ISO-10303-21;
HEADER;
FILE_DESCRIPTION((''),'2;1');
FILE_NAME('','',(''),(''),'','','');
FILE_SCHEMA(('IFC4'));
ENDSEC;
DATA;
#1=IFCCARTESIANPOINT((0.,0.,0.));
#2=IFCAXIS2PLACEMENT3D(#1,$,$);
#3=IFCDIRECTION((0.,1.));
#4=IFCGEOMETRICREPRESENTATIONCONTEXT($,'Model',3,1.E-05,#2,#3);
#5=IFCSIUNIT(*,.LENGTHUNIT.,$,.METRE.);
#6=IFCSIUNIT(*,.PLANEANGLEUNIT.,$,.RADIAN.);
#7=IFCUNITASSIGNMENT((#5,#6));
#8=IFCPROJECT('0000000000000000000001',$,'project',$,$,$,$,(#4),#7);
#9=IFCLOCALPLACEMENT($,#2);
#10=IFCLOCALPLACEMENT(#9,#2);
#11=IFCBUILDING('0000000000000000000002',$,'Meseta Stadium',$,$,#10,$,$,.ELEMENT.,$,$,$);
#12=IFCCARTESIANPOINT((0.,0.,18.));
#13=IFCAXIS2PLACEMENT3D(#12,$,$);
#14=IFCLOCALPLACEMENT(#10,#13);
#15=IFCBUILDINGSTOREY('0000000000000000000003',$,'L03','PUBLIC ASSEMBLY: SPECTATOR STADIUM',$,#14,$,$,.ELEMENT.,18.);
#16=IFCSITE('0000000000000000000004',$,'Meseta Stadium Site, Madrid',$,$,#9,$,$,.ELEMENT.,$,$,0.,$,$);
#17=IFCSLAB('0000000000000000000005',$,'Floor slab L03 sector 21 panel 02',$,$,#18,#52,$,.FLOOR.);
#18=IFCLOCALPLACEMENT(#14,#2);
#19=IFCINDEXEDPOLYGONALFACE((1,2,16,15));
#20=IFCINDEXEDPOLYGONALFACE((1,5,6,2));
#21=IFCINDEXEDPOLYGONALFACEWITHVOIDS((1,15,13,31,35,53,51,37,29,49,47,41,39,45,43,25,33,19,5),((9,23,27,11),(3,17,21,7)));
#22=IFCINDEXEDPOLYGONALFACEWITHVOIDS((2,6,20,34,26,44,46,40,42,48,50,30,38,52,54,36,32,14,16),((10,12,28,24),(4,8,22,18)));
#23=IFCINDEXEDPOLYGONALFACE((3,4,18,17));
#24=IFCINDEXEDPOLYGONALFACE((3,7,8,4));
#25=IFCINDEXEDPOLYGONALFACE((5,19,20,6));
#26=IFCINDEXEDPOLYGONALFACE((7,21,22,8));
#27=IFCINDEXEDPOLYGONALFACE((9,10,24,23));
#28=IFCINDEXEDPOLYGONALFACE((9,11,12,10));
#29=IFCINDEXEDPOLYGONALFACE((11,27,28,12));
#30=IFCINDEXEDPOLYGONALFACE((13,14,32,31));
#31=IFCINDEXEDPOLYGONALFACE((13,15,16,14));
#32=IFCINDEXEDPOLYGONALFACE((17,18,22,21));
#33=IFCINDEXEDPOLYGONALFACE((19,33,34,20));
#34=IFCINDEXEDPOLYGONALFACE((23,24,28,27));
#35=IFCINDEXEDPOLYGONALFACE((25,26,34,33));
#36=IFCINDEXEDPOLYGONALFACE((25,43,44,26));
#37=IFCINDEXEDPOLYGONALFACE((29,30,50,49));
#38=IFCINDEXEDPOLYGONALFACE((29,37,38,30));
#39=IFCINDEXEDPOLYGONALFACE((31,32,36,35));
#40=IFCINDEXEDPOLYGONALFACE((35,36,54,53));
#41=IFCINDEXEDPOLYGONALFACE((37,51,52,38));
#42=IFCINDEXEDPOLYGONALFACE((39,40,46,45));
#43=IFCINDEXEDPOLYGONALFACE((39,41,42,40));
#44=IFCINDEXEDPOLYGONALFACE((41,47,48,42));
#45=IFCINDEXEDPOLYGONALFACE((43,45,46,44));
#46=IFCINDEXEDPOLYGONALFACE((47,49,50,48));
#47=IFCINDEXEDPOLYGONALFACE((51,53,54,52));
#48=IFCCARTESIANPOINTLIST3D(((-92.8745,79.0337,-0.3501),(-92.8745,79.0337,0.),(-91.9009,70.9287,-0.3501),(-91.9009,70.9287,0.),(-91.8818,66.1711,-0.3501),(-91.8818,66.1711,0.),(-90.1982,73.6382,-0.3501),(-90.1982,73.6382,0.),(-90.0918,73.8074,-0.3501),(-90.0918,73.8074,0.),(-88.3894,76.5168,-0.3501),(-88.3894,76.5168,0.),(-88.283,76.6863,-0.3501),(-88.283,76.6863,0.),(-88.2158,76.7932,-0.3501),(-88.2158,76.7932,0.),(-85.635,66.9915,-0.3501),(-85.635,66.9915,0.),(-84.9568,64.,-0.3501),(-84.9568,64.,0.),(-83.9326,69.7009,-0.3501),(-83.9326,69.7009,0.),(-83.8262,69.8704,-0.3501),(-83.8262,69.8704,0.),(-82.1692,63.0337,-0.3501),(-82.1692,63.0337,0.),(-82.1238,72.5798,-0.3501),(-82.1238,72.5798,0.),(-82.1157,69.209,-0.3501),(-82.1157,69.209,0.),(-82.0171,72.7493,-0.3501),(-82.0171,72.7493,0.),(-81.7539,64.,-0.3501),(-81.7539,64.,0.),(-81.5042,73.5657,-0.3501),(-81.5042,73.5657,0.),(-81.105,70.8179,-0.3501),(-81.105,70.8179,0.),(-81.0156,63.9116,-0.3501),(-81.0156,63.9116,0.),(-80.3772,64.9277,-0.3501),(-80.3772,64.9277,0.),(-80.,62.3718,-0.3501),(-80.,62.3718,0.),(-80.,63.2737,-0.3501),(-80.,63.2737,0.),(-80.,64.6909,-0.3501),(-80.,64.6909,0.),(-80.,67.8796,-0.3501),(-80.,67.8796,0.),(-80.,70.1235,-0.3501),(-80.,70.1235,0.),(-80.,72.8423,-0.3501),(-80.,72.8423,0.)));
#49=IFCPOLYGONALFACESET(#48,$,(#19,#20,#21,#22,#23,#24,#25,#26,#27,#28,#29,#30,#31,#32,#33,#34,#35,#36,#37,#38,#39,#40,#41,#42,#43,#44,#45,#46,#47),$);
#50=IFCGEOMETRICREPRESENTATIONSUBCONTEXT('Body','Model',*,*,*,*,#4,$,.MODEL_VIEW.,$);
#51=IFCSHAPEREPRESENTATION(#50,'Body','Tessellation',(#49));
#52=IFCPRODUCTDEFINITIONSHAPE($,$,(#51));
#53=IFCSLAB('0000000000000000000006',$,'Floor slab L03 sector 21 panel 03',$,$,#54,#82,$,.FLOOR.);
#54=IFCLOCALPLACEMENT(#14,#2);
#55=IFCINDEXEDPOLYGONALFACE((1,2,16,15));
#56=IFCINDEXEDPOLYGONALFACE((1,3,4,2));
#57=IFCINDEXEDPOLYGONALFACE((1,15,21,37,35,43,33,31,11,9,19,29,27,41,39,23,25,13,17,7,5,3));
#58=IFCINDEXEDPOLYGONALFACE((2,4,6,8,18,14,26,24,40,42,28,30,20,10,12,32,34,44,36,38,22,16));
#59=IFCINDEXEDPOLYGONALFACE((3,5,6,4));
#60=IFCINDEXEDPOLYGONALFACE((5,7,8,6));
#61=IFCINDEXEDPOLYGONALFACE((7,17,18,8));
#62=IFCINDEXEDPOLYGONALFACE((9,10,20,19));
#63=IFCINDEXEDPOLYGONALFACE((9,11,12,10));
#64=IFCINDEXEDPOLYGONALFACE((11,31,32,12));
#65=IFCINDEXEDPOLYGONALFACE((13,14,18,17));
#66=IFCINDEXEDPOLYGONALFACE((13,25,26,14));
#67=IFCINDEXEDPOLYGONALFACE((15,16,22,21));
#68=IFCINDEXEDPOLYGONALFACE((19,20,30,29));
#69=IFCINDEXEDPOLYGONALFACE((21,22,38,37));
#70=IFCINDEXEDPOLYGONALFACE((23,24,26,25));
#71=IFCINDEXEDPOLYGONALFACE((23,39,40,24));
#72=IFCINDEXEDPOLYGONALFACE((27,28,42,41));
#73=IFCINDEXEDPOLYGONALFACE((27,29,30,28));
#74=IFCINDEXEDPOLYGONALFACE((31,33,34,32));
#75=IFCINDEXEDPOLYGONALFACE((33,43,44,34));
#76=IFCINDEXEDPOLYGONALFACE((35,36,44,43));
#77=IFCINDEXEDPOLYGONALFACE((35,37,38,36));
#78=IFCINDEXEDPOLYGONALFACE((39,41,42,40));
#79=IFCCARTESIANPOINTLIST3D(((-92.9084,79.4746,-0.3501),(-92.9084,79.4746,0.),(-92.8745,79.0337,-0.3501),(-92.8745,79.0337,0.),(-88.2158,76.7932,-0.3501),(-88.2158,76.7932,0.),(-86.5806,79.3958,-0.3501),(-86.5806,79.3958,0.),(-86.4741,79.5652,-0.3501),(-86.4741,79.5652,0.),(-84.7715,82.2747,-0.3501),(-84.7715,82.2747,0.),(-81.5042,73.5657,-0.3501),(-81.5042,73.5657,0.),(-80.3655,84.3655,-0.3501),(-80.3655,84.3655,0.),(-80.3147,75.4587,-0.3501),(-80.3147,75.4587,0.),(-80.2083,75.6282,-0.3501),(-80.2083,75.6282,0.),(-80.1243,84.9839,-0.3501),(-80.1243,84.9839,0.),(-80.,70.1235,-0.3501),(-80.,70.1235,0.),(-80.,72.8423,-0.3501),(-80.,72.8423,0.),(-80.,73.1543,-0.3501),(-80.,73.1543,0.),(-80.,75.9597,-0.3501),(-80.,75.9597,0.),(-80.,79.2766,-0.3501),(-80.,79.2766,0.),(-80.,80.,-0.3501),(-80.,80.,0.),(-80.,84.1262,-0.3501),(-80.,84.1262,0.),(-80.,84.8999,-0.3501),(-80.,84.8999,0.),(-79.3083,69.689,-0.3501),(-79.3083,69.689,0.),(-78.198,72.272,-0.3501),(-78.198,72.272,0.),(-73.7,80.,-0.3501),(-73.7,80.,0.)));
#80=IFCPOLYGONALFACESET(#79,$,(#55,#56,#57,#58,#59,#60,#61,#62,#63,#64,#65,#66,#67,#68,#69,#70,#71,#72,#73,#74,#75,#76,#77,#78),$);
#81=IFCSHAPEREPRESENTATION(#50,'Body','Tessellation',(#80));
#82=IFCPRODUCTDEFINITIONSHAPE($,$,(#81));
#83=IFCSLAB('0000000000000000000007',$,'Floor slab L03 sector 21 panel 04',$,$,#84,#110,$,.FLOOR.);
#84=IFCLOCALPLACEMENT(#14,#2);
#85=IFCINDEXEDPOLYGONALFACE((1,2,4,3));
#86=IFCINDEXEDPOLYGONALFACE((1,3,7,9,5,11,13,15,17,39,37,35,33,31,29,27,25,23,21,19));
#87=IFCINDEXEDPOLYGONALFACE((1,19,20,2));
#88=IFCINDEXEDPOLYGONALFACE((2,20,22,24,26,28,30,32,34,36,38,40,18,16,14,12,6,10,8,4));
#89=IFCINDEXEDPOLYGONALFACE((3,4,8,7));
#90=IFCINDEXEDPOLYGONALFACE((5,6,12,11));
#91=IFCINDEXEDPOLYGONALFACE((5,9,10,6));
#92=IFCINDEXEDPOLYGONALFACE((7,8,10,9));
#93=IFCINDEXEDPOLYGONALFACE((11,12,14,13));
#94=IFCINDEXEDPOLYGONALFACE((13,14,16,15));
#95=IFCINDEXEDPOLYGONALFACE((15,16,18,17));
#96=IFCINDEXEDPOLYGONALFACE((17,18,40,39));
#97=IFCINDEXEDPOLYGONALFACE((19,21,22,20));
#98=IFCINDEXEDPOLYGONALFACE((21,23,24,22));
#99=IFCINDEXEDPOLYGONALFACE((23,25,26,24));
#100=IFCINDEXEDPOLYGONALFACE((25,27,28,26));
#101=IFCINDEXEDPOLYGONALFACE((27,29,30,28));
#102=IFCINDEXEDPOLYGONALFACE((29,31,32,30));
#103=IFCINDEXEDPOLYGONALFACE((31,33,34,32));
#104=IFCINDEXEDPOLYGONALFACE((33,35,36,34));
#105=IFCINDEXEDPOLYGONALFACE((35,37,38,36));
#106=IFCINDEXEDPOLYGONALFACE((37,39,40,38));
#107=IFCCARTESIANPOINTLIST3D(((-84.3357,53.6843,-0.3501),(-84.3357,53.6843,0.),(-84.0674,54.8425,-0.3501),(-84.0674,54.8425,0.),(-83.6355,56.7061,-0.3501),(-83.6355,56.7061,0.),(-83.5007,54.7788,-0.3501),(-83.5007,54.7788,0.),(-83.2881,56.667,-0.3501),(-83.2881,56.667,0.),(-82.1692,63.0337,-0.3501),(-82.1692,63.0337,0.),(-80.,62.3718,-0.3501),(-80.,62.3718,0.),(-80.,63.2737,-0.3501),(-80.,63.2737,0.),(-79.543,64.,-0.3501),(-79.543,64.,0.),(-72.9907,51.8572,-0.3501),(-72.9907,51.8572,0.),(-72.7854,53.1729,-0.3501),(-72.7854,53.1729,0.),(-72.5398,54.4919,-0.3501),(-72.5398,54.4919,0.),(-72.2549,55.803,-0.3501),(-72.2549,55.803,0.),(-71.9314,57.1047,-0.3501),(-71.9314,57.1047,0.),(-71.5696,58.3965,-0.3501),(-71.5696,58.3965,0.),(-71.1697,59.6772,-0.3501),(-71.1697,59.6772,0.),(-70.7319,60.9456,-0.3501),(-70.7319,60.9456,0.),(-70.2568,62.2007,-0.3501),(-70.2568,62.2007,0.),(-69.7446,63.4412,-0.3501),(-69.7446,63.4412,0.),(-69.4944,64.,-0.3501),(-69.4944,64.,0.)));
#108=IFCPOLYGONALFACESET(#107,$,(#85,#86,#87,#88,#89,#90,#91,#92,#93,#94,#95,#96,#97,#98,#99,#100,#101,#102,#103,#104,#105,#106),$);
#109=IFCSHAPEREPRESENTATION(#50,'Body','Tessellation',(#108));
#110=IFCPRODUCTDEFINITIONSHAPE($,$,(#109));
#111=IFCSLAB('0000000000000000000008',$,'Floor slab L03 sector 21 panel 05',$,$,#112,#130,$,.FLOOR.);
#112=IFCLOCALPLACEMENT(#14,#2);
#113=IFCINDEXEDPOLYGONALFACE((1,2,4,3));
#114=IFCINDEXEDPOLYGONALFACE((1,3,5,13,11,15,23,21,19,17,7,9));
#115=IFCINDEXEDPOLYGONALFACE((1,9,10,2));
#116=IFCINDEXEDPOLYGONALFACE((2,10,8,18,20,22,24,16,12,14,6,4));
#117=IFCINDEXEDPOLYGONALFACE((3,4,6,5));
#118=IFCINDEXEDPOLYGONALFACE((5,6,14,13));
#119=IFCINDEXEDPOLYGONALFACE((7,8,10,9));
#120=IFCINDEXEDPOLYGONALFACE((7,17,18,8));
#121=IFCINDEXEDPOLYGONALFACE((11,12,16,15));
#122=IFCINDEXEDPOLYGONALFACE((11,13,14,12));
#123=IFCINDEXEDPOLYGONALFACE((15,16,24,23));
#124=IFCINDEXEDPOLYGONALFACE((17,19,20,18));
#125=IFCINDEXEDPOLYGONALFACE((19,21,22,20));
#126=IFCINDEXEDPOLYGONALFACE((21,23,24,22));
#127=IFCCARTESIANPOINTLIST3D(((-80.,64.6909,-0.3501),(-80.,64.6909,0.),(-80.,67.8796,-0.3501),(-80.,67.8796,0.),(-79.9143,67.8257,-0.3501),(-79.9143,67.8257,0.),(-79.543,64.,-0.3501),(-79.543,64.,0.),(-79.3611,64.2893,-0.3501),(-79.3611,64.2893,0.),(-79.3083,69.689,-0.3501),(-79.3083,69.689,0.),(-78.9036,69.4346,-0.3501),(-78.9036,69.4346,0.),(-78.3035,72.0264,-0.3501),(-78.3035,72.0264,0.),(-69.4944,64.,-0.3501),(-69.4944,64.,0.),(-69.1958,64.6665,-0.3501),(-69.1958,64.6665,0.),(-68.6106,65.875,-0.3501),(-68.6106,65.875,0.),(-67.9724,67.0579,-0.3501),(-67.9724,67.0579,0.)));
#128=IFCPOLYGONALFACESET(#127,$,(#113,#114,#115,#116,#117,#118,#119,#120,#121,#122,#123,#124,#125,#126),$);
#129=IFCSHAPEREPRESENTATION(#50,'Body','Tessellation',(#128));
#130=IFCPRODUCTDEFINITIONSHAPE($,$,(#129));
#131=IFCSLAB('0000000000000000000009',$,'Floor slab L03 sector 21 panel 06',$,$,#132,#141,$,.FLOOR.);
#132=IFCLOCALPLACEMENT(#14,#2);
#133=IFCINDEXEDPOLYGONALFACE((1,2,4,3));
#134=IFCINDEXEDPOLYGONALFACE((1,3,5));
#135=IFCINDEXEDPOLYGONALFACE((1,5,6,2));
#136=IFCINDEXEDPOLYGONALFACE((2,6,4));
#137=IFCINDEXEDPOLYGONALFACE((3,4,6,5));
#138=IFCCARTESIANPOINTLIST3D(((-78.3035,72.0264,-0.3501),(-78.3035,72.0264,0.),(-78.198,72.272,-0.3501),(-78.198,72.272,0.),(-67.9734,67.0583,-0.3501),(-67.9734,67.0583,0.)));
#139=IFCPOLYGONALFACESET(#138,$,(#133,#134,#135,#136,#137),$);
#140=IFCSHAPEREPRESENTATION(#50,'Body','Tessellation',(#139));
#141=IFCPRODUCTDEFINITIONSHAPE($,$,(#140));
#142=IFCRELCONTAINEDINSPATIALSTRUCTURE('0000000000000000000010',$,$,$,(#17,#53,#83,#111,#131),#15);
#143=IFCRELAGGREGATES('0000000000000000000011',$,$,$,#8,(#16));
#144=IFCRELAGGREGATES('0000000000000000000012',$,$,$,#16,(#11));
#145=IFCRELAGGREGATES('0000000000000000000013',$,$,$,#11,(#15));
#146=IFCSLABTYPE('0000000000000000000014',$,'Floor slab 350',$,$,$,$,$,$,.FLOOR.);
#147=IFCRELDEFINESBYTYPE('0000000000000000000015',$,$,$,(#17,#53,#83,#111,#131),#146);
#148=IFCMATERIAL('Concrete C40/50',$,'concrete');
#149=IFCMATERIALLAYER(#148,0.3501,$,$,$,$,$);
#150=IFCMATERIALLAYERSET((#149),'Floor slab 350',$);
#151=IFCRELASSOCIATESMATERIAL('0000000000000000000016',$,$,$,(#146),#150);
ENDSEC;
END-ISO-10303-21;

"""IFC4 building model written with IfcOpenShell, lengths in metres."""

from ifc_helpers import new_model, si_unit, direction, frame, origin, place, context, subcontext, project, spatial, polyline, outline, extrude, material, layer, layer_set, type_object, element, save


model = new_model("IFC4")

# Units and contexts
model_context = context("Model", 3, precision=1e-05, world=origin(), true_north=direction((0.0, 1.0)))
body_context = subcontext(model_context, "Body", "Model", "MODEL_VIEW")
ifc_project = project(units=[si_unit("LENGTHUNIT", "METRE"), si_unit("PLANEANGLEUNIT", "RADIAN")], contexts=[model_context])

# Site, building, storey
site_placement = place(None, origin())
site = spatial("IfcSite", under=ifc_project, at=site_placement, Name="Meseta Stadium Site, Madrid", CompositionType="ELEMENT", RefElevation=0.0)
building_placement = place(site_placement, origin())
building = spatial("IfcBuilding", under=site, at=building_placement, Name="Meseta Stadium", CompositionType="ELEMENT")
storey_placement = place(building_placement, frame((0.0, 0.0, 18.0)))
storey = spatial("IfcBuildingStorey", under=building, at=storey_placement, Name="L03", Description="PUBLIC ASSEMBLY: SPECTATOR STADIUM", CompositionType="ELEMENT", Elevation=18.0)

# Slabs
ifc_material = material(Name="Concrete C40/50", Category="concrete")
ifc_layer = layer(ifc_material, 0.3501)
ifc_layer_set = layer_set([ifc_layer], Name="Floor slab 350")
slab_type = type_object("IfcSlabType", Name="Floor slab 350", PredefinedType="FLOOR", material=ifc_layer_set)
slab_1_placement = place(storey_placement, frame((0.0, 0.0, -0.3501)))
element("IfcSlab", 1, at=slab_1_placement, inside=storey, type_object=slab_type, Name="Floor slab L03 sector 21 panel 02", PredefinedType="FLOOR", context=body_context, shape_type="SweptSolid", body=[
    extrude(outline(polyline([(-80.0, 70.1235), (-80.0, 72.8423), (-81.5042, 73.5657), (-82.0171, 72.7493), (-88.283, 76.6863), (-88.2158, 76.7932), (-92.8745, 79.0337), (-91.8818, 66.1711), (-84.9568, 64.0), (-81.7539, 64.0), (-82.1692, 63.0337), (-80.0, 62.3718), (-80.0, 63.2737), (-81.0156, 63.9116), (-80.3772, 64.9277), (-80.0, 64.6909), (-80.0, 67.8796), (-82.1157, 69.209), (-81.105, 70.8179), (-80.0, 70.1235)]), holes=[polyline([(-91.9009, 70.9287), (-90.1982, 73.6382), (-83.9326, 69.7009), (-85.635, 66.9915), (-91.9009, 70.9287)]), polyline([(-88.3894, 76.5168), (-82.1238, 72.5798), (-83.8262, 69.8704), (-90.0918, 73.8074), (-88.3894, 76.5168)])]), origin(), (0.0, 0.0, 1.0), 0.3501),
])
slab_2_placement = place(storey_placement, frame((0.0, 0.0, -0.3501)))
element("IfcSlab", 2, at=slab_2_placement, inside=storey, type_object=slab_type, Name="Floor slab L03 sector 21 panel 03", PredefinedType="FLOOR", context=body_context, shape_type="SweptSolid", body=[
    extrude(outline(polyline([(-80.1243, 84.9839), (-80.3655, 84.3655), (-92.9084, 79.4746), (-92.8745, 79.0337), (-88.2158, 76.7932), (-86.5806, 79.3958), (-80.3147, 75.4587), (-81.5042, 73.5657), (-80.0, 72.8423), (-80.0, 70.1235), (-79.3083, 69.689), (-78.198, 72.272), (-80.0, 73.1543), (-80.0, 75.9597), (-80.2083, 75.6282), (-86.4741, 79.5652), (-84.7715, 82.2747), (-80.0, 79.2766), (-80.0, 80.0), (-73.7, 80.0), (-80.0, 84.1262), (-80.0, 84.8999), (-80.1243, 84.9839)])), origin(), (0.0, 0.0, 1.0), 0.3501),
])
slab_3_placement = place(storey_placement, frame((0.0, 0.0, -0.3501)))
element("IfcSlab", 3, at=slab_3_placement, inside=storey, type_object=slab_type, Name="Floor slab L03 sector 21 panel 04", PredefinedType="FLOOR", context=body_context, shape_type="SweptSolid", body=[
    extrude(outline(polyline([(-80.0, 62.3718), (-82.1692, 63.0337), (-83.6355, 56.7061), (-83.2881, 56.667), (-83.5007, 54.7788), (-84.0674, 54.8425), (-84.3357, 53.6843), (-72.9907, 51.8572), (-72.7854, 53.1729), (-72.5398, 54.4919), (-72.2549, 55.803), (-71.9314, 57.1047), (-71.5696, 58.3965), (-71.1697, 59.6772), (-70.7319, 60.9456), (-70.2568, 62.2007), (-69.7446, 63.4412), (-69.4944, 64.0), (-79.543, 64.0), (-80.0, 63.2737), (-80.0, 62.3718)])), origin(), (0.0, 0.0, 1.0), 0.3501),
])
slab_4_placement = place(storey_placement, frame((0.0, 0.0, -0.3501)))
element("IfcSlab", 4, at=slab_4_placement, inside=storey, type_object=slab_type, Name="Floor slab L03 sector 21 panel 05", PredefinedType="FLOOR", context=body_context, shape_type="SweptSolid", body=[
    extrude(outline(polyline([(-69.1958, 64.6665), (-68.6106, 65.875), (-67.9724, 67.0579), (-78.3035, 72.0264), (-79.3083, 69.689), (-78.9036, 69.4346), (-79.9143, 67.8257), (-80.0, 67.8796), (-80.0, 64.6909), (-79.3611, 64.2893), (-79.543, 64.0), (-69.4944, 64.0), (-69.1958, 64.6665)])), origin(), (0.0, 0.0, 1.0), 0.3501),
])
slab_5_placement = place(storey_placement, frame((0.0, 0.0, -0.3501)))
element("IfcSlab", 5, at=slab_5_placement, inside=storey, type_object=slab_type, Name="Floor slab L03 sector 21 panel 06", PredefinedType="FLOOR", context=body_context, shape_type="SweptSolid", body=[
    extrude(outline(polyline([(-67.9734, 67.0583), (-78.198, 72.272), (-78.3035, 72.0264), (-67.9734, 67.0583)])), origin(), (0.0, 0.0, 1.0), 0.3501),
])

save(model, "model.ifc")
